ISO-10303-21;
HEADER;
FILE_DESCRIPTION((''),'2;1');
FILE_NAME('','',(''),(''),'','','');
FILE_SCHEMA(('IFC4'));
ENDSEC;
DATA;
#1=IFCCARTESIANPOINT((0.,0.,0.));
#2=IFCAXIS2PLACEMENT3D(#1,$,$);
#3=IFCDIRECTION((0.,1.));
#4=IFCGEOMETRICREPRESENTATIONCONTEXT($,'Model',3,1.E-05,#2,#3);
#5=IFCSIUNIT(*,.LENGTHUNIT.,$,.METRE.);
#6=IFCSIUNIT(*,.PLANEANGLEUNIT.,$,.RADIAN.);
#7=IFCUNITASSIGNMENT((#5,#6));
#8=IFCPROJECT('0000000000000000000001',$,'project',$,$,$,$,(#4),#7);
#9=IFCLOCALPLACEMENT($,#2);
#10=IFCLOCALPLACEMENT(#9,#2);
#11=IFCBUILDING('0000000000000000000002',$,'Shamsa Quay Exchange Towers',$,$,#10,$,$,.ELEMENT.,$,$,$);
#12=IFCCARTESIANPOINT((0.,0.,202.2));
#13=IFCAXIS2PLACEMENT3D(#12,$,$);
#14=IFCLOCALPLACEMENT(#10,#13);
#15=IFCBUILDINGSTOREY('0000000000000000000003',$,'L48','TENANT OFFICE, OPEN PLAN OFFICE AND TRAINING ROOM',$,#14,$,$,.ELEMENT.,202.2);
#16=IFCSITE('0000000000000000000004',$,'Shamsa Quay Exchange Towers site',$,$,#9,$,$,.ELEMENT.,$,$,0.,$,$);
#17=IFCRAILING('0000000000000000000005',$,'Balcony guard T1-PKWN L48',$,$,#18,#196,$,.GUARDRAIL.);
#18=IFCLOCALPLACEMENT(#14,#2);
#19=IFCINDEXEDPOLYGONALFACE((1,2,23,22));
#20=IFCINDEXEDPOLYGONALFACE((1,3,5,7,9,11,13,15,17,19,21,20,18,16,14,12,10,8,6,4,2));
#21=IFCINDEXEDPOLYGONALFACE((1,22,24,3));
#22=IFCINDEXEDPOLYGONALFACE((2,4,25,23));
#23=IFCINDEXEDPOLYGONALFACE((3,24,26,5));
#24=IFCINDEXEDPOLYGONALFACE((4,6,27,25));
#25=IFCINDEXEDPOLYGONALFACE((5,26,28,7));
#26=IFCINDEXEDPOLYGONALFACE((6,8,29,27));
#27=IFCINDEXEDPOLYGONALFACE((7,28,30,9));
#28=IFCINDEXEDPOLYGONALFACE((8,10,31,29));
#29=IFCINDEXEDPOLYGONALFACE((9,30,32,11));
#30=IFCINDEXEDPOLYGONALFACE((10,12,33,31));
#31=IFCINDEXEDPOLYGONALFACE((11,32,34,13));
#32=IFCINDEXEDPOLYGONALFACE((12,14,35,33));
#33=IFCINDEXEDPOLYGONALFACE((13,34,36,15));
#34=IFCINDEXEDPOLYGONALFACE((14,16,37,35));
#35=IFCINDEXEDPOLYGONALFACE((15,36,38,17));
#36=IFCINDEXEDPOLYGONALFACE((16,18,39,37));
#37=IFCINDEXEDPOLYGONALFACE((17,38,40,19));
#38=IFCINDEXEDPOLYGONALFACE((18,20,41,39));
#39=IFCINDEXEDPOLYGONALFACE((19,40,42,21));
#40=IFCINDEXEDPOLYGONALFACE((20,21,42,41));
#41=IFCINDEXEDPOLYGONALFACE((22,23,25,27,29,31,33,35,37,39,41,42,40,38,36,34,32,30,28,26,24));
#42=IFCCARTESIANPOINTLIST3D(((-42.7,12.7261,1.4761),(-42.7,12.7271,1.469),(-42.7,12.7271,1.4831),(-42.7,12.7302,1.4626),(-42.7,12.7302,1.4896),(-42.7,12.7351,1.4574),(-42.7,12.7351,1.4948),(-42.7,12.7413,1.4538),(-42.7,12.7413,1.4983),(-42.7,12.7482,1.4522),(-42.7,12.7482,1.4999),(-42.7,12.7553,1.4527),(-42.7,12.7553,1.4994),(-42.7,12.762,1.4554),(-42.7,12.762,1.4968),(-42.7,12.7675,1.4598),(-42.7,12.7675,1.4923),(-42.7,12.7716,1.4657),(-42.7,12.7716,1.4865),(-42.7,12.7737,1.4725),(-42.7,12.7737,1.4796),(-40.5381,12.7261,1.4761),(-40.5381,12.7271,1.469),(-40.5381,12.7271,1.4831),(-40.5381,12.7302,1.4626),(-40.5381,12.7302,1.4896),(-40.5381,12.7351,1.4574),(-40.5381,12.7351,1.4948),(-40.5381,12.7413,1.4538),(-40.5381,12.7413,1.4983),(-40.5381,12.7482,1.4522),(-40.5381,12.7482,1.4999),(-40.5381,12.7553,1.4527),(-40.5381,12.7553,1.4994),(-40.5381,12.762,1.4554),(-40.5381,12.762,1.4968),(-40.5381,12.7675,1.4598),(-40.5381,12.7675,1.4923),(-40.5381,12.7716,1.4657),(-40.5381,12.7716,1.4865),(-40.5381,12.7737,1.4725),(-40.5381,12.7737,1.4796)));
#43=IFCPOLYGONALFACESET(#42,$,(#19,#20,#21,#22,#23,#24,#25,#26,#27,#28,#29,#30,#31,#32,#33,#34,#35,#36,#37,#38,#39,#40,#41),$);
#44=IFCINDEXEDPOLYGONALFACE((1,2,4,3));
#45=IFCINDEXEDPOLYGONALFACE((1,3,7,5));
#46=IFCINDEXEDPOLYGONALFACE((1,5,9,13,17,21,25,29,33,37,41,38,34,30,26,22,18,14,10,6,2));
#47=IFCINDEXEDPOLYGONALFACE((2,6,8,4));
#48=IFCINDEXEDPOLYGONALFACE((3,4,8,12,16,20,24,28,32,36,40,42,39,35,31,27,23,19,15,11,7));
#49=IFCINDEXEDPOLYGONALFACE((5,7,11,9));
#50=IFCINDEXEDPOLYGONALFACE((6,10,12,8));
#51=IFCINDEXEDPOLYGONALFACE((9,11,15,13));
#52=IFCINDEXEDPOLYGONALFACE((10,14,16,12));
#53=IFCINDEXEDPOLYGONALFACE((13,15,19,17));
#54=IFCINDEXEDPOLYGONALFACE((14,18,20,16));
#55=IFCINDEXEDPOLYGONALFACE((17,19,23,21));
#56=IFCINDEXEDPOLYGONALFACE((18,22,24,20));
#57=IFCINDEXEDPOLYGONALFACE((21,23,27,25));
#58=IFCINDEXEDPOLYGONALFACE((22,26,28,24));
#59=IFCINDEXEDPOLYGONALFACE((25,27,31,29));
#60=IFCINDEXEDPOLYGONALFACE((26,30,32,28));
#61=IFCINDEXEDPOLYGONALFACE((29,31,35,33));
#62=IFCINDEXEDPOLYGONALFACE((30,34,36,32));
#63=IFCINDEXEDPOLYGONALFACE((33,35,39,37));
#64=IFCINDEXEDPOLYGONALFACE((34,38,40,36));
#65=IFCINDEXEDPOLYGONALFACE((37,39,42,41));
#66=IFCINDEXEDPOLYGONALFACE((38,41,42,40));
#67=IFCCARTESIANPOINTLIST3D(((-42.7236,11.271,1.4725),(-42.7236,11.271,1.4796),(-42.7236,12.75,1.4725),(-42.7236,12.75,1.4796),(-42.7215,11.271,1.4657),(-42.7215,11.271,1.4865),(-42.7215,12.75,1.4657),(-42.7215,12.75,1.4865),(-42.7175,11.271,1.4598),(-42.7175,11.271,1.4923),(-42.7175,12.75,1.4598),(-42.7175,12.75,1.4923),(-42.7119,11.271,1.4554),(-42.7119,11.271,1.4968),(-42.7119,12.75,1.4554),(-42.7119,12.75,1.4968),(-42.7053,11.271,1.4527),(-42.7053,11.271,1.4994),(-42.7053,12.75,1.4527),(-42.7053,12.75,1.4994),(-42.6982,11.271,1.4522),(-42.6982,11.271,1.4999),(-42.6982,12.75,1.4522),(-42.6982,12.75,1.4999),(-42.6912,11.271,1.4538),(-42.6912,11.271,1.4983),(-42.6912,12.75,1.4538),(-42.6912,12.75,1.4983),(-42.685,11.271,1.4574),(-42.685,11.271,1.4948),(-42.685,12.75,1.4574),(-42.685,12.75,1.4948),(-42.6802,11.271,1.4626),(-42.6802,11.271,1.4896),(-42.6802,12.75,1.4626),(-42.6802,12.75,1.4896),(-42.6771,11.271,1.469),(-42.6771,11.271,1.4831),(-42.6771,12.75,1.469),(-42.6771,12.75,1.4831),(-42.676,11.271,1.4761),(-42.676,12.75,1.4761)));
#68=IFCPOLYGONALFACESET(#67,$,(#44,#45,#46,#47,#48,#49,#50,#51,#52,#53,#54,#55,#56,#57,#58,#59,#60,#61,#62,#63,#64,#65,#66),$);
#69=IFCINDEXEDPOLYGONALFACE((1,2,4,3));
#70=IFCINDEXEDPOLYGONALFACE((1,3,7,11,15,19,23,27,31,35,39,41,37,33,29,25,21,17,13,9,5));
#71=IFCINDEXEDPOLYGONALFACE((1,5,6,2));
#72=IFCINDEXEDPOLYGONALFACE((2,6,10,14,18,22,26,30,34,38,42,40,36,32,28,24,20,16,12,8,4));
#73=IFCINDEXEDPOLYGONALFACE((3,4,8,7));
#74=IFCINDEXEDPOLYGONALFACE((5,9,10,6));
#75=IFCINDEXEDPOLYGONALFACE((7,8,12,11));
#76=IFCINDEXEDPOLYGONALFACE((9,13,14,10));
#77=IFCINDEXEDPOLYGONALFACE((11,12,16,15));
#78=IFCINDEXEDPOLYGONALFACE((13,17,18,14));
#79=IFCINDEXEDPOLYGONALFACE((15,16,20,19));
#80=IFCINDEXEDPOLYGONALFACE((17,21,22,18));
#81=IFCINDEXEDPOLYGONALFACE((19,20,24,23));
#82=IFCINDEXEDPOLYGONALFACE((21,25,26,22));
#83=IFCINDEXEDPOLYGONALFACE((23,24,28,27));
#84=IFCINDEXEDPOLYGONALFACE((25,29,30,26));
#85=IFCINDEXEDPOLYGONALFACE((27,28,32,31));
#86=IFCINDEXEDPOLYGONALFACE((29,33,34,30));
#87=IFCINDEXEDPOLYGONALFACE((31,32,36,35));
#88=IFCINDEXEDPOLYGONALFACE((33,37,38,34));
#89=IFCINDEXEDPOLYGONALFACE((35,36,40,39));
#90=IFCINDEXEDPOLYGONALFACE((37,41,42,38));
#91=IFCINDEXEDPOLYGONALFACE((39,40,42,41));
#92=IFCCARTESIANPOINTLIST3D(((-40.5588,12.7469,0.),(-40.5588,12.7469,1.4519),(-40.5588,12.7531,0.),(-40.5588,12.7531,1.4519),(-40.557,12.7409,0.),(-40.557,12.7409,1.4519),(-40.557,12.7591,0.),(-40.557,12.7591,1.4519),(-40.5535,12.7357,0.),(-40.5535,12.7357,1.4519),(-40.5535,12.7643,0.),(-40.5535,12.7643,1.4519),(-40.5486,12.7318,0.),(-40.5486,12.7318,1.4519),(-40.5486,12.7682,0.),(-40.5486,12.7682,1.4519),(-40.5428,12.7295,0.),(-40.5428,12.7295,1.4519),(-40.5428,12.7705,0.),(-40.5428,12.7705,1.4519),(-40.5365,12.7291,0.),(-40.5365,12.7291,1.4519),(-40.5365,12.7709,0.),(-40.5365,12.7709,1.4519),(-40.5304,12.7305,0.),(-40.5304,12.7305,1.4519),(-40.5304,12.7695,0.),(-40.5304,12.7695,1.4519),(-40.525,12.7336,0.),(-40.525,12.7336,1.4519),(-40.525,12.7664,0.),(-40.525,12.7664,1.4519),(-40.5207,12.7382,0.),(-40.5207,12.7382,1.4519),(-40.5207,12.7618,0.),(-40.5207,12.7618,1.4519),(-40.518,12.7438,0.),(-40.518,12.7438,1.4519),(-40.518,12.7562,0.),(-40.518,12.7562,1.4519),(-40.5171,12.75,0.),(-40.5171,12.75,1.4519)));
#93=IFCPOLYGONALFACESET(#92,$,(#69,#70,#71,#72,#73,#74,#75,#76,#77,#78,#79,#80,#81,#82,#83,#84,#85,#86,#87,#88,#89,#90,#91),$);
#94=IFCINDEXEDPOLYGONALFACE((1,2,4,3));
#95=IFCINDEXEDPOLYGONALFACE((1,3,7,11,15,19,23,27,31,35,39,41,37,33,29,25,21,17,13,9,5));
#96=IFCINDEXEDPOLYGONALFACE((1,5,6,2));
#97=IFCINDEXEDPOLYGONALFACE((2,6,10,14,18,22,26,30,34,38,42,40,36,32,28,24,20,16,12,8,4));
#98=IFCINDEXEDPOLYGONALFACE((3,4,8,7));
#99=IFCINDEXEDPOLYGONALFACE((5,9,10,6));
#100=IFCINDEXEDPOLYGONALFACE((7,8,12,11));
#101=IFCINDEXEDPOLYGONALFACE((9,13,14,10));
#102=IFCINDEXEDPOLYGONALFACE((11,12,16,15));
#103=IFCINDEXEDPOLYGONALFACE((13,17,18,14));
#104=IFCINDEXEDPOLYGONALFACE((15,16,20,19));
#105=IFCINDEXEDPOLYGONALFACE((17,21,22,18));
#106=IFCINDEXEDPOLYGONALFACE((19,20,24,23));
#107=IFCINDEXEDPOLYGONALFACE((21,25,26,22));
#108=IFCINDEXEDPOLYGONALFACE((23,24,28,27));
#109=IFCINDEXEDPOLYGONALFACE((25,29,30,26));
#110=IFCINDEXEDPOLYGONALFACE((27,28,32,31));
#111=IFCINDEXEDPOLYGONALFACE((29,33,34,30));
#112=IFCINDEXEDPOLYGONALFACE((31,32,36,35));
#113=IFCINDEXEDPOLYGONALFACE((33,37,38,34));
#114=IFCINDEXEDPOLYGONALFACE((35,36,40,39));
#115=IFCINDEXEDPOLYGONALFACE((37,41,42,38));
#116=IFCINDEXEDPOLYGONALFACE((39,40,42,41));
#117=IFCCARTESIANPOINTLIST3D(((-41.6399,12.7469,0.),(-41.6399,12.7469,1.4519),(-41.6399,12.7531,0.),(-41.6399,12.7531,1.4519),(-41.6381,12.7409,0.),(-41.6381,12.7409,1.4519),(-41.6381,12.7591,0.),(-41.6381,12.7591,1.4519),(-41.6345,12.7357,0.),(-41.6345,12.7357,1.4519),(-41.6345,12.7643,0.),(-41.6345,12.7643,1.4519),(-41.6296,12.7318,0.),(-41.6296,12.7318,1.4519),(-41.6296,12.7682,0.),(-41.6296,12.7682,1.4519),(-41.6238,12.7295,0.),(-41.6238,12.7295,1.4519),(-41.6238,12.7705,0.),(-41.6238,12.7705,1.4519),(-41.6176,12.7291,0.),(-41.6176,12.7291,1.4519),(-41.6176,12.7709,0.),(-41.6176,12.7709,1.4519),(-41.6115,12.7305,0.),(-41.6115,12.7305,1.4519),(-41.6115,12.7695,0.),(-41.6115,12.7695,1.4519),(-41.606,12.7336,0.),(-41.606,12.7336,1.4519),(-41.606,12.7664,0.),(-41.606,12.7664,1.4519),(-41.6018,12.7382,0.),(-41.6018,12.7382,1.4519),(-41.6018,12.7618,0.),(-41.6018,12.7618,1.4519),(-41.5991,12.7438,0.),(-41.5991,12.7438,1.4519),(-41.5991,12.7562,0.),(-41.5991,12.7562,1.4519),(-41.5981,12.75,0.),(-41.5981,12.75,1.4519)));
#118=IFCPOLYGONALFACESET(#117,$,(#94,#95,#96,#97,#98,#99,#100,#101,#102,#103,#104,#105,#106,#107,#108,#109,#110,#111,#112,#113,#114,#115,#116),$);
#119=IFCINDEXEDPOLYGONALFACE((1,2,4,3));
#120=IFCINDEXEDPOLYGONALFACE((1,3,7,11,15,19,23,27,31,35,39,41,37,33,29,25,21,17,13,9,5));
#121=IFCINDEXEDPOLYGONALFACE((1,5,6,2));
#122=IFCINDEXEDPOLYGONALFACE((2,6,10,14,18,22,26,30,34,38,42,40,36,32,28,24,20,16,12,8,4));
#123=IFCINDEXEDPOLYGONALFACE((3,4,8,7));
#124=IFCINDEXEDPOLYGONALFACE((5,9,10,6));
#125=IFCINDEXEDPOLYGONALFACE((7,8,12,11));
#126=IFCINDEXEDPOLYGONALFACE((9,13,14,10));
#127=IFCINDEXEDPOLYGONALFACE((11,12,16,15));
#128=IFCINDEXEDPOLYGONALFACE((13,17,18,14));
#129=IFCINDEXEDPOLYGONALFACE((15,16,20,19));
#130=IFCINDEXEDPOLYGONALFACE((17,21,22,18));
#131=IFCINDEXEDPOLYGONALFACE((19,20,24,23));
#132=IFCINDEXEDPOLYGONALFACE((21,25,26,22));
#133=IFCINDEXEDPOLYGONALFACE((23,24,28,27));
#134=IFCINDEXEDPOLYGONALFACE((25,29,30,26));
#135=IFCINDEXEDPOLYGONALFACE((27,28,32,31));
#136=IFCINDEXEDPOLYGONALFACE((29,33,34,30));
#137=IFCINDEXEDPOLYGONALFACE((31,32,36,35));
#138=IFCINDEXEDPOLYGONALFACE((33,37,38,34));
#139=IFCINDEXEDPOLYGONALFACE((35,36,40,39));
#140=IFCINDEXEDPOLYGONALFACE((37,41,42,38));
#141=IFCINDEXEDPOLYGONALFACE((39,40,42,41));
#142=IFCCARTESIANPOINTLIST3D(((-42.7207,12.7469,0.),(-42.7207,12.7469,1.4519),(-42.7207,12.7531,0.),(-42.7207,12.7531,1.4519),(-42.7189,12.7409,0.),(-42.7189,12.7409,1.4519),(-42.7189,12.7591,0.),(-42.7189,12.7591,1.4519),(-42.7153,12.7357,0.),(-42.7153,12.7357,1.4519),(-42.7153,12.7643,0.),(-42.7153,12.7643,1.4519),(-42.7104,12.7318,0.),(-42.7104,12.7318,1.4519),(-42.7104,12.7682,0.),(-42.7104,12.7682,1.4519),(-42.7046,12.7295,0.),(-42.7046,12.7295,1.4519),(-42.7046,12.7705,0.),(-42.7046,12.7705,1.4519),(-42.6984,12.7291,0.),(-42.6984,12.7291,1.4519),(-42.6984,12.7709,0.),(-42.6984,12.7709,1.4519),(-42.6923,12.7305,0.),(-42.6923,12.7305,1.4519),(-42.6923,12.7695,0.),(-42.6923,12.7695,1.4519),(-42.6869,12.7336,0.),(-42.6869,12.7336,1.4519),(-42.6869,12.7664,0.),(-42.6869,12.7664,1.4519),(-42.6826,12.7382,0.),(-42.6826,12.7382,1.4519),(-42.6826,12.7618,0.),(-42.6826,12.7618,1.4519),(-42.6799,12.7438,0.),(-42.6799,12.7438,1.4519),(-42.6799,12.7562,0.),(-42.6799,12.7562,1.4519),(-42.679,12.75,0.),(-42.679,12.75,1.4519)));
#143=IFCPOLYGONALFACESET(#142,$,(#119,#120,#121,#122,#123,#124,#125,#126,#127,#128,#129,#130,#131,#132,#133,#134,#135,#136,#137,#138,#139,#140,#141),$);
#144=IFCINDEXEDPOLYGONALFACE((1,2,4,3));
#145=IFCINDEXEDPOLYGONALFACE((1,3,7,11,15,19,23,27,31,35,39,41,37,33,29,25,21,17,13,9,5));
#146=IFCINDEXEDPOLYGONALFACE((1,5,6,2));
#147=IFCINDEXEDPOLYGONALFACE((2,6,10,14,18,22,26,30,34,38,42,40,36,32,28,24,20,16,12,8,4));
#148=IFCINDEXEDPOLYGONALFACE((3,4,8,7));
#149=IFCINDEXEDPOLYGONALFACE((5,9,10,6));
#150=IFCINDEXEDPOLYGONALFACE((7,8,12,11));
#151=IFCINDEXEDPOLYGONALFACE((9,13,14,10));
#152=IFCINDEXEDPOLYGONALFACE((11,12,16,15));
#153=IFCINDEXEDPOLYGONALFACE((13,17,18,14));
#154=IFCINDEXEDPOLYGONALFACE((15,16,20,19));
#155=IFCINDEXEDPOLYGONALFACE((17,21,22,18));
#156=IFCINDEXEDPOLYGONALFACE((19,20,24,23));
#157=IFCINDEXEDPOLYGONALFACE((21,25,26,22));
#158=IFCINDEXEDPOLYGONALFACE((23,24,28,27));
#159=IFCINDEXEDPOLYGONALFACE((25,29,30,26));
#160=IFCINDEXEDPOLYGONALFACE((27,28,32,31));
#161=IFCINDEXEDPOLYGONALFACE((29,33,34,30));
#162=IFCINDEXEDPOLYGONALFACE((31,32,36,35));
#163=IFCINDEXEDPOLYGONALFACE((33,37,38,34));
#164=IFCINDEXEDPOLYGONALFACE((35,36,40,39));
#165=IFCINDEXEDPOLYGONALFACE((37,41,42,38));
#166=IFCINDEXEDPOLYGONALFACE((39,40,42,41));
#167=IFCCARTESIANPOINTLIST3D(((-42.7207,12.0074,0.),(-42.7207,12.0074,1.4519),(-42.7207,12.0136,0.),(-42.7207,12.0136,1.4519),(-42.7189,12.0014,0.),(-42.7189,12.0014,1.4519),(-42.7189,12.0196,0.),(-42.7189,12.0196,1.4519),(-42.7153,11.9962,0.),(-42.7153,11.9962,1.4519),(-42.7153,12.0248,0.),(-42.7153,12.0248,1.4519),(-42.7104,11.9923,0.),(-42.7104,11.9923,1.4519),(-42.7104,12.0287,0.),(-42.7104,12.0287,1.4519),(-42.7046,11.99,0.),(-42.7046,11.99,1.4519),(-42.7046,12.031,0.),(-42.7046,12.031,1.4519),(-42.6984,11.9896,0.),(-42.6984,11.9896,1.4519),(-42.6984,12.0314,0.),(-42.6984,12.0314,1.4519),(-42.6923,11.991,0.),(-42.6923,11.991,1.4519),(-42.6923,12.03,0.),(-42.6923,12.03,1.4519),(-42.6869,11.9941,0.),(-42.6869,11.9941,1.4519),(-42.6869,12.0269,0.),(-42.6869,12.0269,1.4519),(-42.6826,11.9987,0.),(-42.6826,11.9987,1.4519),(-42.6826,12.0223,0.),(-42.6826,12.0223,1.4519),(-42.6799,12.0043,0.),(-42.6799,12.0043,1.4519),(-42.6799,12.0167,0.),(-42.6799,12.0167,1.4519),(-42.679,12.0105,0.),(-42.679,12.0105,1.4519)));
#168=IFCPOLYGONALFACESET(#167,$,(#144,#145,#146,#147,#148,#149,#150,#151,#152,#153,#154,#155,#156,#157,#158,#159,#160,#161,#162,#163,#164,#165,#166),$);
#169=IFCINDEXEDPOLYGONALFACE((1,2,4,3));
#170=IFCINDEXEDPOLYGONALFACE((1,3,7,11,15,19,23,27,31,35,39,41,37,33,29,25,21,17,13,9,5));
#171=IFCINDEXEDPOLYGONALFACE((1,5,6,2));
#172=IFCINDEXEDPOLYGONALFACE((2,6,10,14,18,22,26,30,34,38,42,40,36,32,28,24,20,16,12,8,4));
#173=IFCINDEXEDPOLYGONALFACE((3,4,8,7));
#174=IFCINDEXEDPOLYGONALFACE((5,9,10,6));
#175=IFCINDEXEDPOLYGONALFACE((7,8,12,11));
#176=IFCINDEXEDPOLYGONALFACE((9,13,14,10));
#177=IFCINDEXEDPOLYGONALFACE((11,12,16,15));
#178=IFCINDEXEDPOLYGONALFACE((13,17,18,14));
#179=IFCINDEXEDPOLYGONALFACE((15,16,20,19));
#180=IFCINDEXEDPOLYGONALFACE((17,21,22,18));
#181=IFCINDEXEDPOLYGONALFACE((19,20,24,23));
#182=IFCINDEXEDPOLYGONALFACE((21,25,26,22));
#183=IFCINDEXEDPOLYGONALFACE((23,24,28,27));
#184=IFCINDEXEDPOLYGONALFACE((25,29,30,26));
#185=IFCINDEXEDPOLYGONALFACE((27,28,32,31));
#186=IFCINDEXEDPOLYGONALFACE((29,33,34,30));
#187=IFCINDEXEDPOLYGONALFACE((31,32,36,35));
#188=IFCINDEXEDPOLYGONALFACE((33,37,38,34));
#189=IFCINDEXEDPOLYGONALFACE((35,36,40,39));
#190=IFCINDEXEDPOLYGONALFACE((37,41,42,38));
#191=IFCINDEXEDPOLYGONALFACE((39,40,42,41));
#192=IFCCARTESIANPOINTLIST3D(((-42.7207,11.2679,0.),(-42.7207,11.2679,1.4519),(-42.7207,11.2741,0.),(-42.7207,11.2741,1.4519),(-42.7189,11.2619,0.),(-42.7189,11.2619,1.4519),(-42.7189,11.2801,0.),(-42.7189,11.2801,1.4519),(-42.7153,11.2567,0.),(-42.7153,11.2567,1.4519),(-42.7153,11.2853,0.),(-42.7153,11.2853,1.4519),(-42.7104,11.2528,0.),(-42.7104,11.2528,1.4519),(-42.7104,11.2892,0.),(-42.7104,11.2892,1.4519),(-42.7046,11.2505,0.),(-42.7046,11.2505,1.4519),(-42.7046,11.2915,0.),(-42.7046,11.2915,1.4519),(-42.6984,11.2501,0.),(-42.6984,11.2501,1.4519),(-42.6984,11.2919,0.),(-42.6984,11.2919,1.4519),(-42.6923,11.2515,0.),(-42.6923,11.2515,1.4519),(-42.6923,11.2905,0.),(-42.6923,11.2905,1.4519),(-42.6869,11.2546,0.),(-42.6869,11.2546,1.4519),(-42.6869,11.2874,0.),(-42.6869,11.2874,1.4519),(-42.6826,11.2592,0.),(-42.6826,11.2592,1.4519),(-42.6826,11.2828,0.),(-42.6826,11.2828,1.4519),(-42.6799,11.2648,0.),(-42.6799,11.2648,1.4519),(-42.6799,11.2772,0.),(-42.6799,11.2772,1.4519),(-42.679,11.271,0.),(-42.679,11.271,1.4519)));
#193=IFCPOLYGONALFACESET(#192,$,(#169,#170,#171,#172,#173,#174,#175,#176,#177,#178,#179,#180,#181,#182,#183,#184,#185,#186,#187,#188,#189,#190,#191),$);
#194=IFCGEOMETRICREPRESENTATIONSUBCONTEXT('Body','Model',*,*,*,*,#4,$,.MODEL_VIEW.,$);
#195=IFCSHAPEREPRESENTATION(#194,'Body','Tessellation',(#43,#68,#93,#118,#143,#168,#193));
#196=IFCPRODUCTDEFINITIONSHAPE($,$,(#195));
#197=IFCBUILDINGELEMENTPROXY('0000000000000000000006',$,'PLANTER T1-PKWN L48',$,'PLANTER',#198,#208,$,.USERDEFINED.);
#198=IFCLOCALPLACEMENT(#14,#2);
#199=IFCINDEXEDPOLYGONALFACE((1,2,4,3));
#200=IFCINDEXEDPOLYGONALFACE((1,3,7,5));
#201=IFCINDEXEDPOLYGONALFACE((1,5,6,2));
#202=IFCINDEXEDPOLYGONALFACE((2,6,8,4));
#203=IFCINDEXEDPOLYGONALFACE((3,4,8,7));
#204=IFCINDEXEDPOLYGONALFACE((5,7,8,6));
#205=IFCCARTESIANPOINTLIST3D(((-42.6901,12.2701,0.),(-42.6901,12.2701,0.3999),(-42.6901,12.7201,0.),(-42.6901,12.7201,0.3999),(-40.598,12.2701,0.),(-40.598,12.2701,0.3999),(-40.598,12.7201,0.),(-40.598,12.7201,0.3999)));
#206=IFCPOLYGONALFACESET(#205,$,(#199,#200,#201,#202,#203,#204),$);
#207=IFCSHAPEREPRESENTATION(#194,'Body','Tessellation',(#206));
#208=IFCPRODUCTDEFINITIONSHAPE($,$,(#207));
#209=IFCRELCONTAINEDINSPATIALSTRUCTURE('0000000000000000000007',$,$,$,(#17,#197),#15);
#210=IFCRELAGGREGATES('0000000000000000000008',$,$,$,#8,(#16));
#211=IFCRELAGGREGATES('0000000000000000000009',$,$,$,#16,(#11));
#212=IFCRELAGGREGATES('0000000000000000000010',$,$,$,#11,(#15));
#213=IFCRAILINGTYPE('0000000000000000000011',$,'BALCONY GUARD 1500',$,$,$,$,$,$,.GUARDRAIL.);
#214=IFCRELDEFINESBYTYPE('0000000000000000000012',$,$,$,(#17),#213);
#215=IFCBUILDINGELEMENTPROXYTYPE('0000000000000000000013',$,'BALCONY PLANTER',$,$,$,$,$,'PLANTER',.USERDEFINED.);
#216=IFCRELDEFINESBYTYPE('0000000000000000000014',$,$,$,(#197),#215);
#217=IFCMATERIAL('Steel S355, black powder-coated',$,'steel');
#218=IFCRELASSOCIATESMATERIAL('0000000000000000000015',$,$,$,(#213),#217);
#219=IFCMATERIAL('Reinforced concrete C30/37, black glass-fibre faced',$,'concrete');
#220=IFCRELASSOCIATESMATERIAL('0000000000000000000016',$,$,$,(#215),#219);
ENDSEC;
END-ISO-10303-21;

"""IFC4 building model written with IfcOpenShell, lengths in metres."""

from ifc_helpers import new_model, si_unit, direction, frame, origin, origin_2d, place, context, subcontext, project, spatial, rectangle, circle, extrude, material, type_object, element, save


model = new_model("IFC4")

# Units and contexts
model_context = context("Model", 3, precision=1e-05, world=origin(), true_north=direction((0.0, 1.0)))
body_context = subcontext(model_context, "Body", "Model", "MODEL_VIEW")
ifc_project = project(units=[si_unit("LENGTHUNIT", "METRE"), si_unit("PLANEANGLEUNIT", "RADIAN")], contexts=[model_context])

# Site, building, storey
site_placement = place(None, origin())
site = spatial("IfcSite", under=ifc_project, at=site_placement, Name="Shamsa Quay Exchange Towers site", CompositionType="ELEMENT", RefElevation=0.0)
building_placement = place(site_placement, origin())
building = spatial("IfcBuilding", under=site, at=building_placement, Name="Shamsa Quay Exchange Towers", CompositionType="ELEMENT")
storey_placement = place(building_placement, frame((0.0, 0.0, 202.2)))
storey = spatial("IfcBuildingStorey", under=building, at=storey_placement, Name="L48", Description="TENANT OFFICE, OPEN PLAN OFFICE AND TRAINING ROOM", CompositionType="ELEMENT", Elevation=202.2)

# Railing
ifc_material_1 = material(Name="Steel S355, black powder-coated", Category="steel")
railing_type_1 = type_object("IfcRailingType", Name="BALCONY GUARD 1500", PredefinedType="GUARDRAIL", material=ifc_material_1)
railing_1_placement = place(storey_placement, frame((-40.5381, 12.75, 0.0)))
element("IfcRailing", 1, at=railing_1_placement, inside=storey, type_object=railing_type_1, Name="Balcony guard T1-PKWN L48", PredefinedType="GUARDRAIL", context=body_context, shape_type="SweptSolid", body=[
    extrude(circle(Radius=0.0239, at=origin_2d()), frame((0.0, 0.0, 1.4761), z_axis=(-1.0, 0.0, 0.0), x_axis=(0.0, -1.0, 0.0)), (0.0, 0.0, 1.0), 2.1619),
    extrude(circle(Radius=0.0239, at=origin_2d()), frame((-2.1619, 0.0, 1.4761), z_axis=(0.0, -1.0, 0.0), x_axis=(1.0, 0.0, 0.0)), (0.0, 0.0, 1.0), 1.479),
    extrude(circle(Radius=0.021, at=origin_2d()), origin(), (0.0, 0.0, 1.0), 1.4519),
    extrude(circle(Radius=0.021, at=origin_2d()), frame((-1.0811, 0.0, 0.0)), (0.0, 0.0, 1.0), 1.4519),
    extrude(circle(Radius=0.021, at=origin_2d()), frame((-2.1619, 0.0, 0.0)), (0.0, 0.0, 1.0), 1.4519),
    extrude(circle(Radius=0.021, at=origin_2d()), frame((-2.1619, -0.7395, 0.0)), (0.0, 0.0, 1.0), 1.4519),
    extrude(circle(Radius=0.021, at=origin_2d()), frame((-2.1619, -1.479, 0.0)), (0.0, 0.0, 1.0), 1.4519),
])

# Building element proxy
ifc_material_2 = material(Name="Reinforced concrete C30/37, black glass-fibre faced", Category="concrete")
building_element_proxy_type = type_object("IfcBuildingElementProxyType", Name="BALCONY PLANTER", ElementType="PLANTER", PredefinedType="USERDEFINED", material=ifc_material_2)
proxy_placement = place(storey_placement, frame((-41.644, 12.4951, 0.0), z_axis=(0.0, 0.0, 1.0), x_axis=(-1.0, 0.0, 0.0)))
element("IfcBuildingElementProxy", 2, at=proxy_placement, inside=storey, type_object=building_element_proxy_type, Name="PLANTER T1-PKWN L48", ObjectType="PLANTER", PredefinedType="USERDEFINED", context=body_context, shape_type="SweptSolid", body=[
    extrude(rectangle(XDim=2.092, YDim=0.45, at=origin_2d()), origin(), (0.0, 0.0, 1.0), 0.3999),
])

save(model, "model.ifc")
